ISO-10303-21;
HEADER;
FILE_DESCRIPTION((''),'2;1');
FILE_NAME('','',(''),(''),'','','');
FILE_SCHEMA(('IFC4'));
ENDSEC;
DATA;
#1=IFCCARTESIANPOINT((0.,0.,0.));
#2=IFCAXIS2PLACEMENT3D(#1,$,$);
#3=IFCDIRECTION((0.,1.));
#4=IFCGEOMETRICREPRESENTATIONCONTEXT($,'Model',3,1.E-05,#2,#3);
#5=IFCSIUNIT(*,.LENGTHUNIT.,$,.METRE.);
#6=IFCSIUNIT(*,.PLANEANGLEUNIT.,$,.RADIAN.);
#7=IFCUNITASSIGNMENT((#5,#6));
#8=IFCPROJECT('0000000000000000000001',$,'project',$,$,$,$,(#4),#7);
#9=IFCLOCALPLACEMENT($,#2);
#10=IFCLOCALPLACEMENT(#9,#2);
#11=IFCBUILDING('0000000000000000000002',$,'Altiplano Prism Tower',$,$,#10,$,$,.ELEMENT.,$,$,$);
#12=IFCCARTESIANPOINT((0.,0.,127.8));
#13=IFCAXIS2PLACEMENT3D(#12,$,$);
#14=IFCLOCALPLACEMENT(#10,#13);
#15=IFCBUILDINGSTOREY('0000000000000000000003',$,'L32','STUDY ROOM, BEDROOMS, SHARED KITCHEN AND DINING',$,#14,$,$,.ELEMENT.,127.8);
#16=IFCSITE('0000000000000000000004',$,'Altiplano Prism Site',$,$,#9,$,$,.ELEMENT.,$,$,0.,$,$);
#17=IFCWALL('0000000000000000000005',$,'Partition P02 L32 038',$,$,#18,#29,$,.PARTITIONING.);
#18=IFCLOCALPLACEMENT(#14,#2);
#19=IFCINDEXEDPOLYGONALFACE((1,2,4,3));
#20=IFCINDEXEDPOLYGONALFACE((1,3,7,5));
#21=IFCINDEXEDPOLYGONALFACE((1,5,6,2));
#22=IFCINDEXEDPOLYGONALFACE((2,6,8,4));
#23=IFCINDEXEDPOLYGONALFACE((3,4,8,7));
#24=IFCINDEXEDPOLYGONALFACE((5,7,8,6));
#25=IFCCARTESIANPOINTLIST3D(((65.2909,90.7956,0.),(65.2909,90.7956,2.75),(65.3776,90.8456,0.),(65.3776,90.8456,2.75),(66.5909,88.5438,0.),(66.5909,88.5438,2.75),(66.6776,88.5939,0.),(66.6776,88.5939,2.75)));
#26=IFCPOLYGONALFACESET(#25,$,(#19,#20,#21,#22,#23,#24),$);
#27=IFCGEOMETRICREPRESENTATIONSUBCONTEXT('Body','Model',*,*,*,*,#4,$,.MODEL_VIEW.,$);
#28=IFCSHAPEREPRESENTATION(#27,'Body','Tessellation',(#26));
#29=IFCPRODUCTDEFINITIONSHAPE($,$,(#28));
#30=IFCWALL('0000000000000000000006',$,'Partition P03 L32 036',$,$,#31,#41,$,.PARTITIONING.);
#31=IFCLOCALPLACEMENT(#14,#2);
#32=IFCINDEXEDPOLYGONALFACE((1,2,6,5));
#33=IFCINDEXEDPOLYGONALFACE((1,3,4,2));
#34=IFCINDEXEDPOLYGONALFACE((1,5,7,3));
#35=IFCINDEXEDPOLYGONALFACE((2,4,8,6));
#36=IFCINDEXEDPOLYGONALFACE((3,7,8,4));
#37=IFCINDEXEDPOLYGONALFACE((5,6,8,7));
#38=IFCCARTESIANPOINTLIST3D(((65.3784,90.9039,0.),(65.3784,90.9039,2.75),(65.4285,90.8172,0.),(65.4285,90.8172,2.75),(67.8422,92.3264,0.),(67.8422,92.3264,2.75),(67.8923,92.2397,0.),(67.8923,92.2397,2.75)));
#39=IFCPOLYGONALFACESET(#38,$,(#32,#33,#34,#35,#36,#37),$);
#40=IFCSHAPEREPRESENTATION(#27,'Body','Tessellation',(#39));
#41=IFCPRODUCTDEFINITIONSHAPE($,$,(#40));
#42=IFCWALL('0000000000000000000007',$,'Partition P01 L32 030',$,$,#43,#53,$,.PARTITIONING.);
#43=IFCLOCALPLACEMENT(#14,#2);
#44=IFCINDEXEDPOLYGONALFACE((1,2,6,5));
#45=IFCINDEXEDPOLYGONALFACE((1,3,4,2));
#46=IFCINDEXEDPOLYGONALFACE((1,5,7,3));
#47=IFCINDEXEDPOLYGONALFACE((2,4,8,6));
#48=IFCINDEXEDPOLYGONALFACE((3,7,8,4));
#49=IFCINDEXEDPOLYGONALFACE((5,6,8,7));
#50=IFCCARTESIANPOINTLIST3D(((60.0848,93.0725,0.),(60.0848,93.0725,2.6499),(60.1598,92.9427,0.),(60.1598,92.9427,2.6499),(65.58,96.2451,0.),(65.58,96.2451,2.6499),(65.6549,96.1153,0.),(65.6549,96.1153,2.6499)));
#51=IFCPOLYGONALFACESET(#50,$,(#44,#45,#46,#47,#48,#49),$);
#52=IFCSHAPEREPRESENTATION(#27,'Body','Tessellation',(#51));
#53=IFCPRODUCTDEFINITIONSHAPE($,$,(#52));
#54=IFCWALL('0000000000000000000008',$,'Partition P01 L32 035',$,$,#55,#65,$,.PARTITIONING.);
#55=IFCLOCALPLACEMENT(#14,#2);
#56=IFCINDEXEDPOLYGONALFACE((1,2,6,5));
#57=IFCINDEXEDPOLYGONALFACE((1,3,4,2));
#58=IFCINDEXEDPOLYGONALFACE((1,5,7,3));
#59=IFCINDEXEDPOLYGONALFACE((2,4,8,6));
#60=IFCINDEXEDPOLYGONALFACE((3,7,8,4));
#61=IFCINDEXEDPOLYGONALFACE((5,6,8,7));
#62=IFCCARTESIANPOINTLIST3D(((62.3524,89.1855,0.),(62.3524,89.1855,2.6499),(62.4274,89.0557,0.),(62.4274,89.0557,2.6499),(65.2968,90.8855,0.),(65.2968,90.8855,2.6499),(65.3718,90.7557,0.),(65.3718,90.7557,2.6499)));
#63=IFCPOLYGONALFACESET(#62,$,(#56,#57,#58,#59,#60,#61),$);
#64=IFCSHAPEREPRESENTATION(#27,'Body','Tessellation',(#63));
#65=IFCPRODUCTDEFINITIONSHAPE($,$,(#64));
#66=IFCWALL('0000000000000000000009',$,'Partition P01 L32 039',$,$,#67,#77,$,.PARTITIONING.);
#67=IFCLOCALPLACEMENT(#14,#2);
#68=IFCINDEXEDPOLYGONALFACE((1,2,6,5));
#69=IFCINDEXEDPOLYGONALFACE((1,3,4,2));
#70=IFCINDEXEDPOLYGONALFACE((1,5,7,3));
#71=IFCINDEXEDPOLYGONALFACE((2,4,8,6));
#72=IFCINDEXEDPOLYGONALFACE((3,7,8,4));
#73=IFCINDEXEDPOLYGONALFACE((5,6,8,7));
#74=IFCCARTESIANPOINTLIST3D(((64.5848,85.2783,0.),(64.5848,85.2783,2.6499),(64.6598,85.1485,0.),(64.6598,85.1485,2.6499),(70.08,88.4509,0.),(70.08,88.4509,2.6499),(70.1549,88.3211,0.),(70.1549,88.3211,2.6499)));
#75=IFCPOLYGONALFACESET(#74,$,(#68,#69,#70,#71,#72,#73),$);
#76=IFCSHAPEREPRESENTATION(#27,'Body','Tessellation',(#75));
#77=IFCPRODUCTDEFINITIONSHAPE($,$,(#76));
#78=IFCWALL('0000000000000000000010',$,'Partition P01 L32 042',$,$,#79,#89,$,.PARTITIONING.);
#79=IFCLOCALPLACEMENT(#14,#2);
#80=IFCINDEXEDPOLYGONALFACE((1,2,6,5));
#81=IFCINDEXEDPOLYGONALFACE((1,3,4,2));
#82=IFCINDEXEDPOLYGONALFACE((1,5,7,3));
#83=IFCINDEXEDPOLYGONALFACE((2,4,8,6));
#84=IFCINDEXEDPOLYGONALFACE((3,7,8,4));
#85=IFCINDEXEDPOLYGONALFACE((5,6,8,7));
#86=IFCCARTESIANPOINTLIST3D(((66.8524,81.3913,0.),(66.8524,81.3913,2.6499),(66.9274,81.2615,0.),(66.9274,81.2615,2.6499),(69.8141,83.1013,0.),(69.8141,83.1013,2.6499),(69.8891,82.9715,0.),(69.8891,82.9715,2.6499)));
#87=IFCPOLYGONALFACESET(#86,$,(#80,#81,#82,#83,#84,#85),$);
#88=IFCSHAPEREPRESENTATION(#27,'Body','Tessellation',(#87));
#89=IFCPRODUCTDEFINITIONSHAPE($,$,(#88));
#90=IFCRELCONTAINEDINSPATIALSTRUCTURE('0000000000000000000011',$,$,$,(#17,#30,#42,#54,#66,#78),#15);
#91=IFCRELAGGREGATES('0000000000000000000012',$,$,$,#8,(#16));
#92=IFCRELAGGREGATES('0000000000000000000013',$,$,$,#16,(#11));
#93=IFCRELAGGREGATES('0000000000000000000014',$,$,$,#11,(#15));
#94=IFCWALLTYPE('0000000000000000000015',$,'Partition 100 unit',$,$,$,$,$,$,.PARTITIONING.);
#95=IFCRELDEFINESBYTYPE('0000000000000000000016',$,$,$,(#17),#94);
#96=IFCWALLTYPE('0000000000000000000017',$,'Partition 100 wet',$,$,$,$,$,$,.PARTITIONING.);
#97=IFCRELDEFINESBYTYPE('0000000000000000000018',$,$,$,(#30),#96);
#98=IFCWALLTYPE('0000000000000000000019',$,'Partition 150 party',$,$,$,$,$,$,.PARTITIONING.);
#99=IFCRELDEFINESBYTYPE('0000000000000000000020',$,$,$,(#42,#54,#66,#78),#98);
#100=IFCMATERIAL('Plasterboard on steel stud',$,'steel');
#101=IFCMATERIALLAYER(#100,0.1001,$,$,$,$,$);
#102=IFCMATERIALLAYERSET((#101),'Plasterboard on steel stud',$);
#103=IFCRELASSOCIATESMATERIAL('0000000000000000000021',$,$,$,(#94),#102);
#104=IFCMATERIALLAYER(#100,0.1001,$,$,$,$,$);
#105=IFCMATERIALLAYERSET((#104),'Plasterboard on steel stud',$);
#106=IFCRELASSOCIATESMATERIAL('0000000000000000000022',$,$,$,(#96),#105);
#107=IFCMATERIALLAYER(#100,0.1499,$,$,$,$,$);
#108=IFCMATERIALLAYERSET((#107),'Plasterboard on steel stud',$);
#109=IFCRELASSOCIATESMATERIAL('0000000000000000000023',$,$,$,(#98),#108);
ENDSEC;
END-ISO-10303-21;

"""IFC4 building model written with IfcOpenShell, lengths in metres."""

from ifc_helpers import new_model, si_unit, direction, frame, frame_2d, origin, place, context, subcontext, project, spatial, rectangle, extrude, material, layer, layer_set, type_object, element, save


model = new_model("IFC4")

# Units and contexts
model_context = context("Model", 3, precision=1e-05, world=origin(), true_north=direction((0.0, 1.0)))
body_context = subcontext(model_context, "Body", "Model", "MODEL_VIEW")
ifc_project = project(units=[si_unit("LENGTHUNIT", "METRE"), si_unit("PLANEANGLEUNIT", "RADIAN")], contexts=[model_context])

# Site, building, storey
site_placement = place(None, origin())
site = spatial("IfcSite", under=ifc_project, at=site_placement, Name="Altiplano Prism Site", CompositionType="ELEMENT", RefElevation=0.0)
building_placement = place(site_placement, origin())
building = spatial("IfcBuilding", under=site, at=building_placement, Name="Altiplano Prism Tower", CompositionType="ELEMENT")
storey_placement = place(building_placement, frame((0.0, 0.0, 127.8)))
storey = spatial("IfcBuildingStorey", under=building, at=storey_placement, Name="L32", Description="STUDY ROOM, BEDROOMS, SHARED KITCHEN AND DINING", CompositionType="ELEMENT", Elevation=127.8)

# Shared definitions
ifc_material_1 = material(Name="Plasterboard on steel stud", Category="steel")
ifc_layer_1 = layer(ifc_material_1, 0.1001)
ifc_layer_set_1 = layer_set([ifc_layer_1], Name="Plasterboard on steel stud")
wall_type_1 = type_object("IfcWallType", Name="Partition 100 unit", PredefinedType="PARTITIONING", material=ifc_layer_set_1)

# Walls
wall_1_placement = place(storey_placement, frame((66.6343, 88.5688, 0.0), z_axis=(0.0, 0.0, 1.0), x_axis=(-0.500007, 0.866021, 0.0)))
element("IfcWall", 1, at=wall_1_placement, inside=storey, type_object=wall_type_1, Name="Partition P02 L32 038", PredefinedType="PARTITIONING", context=body_context, shape_type="SweptSolid", body=[
    extrude(rectangle(XDim=2.6001, YDim=0.1001, at=frame_2d((1.3, 0.0))), origin(), (0.0, 0.0, 1.0), 2.75),
])
ifc_layer_2 = layer(ifc_material_1, 0.1001)
ifc_layer_set_2 = layer_set([ifc_layer_2], Name="Plasterboard on steel stud")
wall_type_2 = type_object("IfcWallType", Name="Partition 100 wet", PredefinedType="PARTITIONING", material=ifc_layer_set_2)
wall_2_placement = place(storey_placement, frame((65.4036, 90.8606, 0.0), z_axis=(0.0, 0.0, 1.0), x_axis=(0.866011, 0.500025, 0.0)))
element("IfcWall", 2, at=wall_2_placement, inside=storey, type_object=wall_type_2, Name="Partition P03 L32 036", PredefinedType="PARTITIONING", context=body_context, shape_type="SweptSolid", body=[
    extrude(rectangle(XDim=2.845, YDim=0.1001, at=frame_2d((1.4224, 0.0))), origin(), (0.0, 0.0, 1.0), 2.75),
])
ifc_layer_3 = layer(ifc_material_1, 0.1499)
ifc_layer_set_3 = layer_set([ifc_layer_3], Name="Plasterboard on steel stud")
wall_type_3 = type_object("IfcWallType", Name="Partition 150 party", PredefinedType="PARTITIONING", material=ifc_layer_set_3)
wall_3_placement = place(storey_placement, frame((60.1223, 93.0076, 0.0), z_axis=(0.0, 0.0, 1.0), x_axis=(0.866025, 0.5, 0.0)))
element("IfcWall", 3, at=wall_3_placement, inside=storey, type_object=wall_type_3, Name="Partition P01 L32 030", PredefinedType="PARTITIONING", context=body_context, shape_type="SweptSolid", body=[
    extrude(rectangle(XDim=6.3452, YDim=0.1499, at=frame_2d((3.1726, 0.0))), origin(), (0.0, 0.0, 1.0), 2.6499),
])
wall_4_placement = place(storey_placement, frame((62.3899, 89.1206, 0.0), z_axis=(0.0, 0.0, 1.0), x_axis=(0.866021, 0.500008, 0.0)))
element("IfcWall", 4, at=wall_4_placement, inside=storey, type_object=wall_type_3, Name="Partition P01 L32 035", PredefinedType="PARTITIONING", context=body_context, shape_type="SweptSolid", body=[
    extrude(rectangle(XDim=3.3999, YDim=0.1499, at=frame_2d((1.7, 0.0))), origin(), (0.0, 0.0, 1.0), 2.6499),
])
wall_5_placement = place(storey_placement, frame((64.6223, 85.2134, 0.0), z_axis=(0.0, 0.0, 1.0), x_axis=(0.866025, 0.5, 0.0)))
element("IfcWall", 5, at=wall_5_placement, inside=storey, type_object=wall_type_3, Name="Partition P01 L32 039", PredefinedType="PARTITIONING", context=body_context, shape_type="SweptSolid", body=[
    extrude(rectangle(XDim=6.3452, YDim=0.1499, at=frame_2d((3.1726, 0.0))), origin(), (0.0, 0.0, 1.0), 2.6499),
])
wall_6_placement = place(storey_placement, frame((66.8899, 81.3264, 0.0), z_axis=(0.0, 0.0, 1.0), x_axis=(0.86602, 0.500009, 0.0)))
element("IfcWall", 6, at=wall_6_placement, inside=storey, type_object=wall_type_3, Name="Partition P01 L32 042", PredefinedType="PARTITIONING", context=body_context, shape_type="SweptSolid", body=[
    extrude(rectangle(XDim=3.4199, YDim=0.1499, at=frame_2d((1.71, 0.0))), origin(), (0.0, 0.0, 1.0), 2.6499),
])

save(model, "model.ifc")
